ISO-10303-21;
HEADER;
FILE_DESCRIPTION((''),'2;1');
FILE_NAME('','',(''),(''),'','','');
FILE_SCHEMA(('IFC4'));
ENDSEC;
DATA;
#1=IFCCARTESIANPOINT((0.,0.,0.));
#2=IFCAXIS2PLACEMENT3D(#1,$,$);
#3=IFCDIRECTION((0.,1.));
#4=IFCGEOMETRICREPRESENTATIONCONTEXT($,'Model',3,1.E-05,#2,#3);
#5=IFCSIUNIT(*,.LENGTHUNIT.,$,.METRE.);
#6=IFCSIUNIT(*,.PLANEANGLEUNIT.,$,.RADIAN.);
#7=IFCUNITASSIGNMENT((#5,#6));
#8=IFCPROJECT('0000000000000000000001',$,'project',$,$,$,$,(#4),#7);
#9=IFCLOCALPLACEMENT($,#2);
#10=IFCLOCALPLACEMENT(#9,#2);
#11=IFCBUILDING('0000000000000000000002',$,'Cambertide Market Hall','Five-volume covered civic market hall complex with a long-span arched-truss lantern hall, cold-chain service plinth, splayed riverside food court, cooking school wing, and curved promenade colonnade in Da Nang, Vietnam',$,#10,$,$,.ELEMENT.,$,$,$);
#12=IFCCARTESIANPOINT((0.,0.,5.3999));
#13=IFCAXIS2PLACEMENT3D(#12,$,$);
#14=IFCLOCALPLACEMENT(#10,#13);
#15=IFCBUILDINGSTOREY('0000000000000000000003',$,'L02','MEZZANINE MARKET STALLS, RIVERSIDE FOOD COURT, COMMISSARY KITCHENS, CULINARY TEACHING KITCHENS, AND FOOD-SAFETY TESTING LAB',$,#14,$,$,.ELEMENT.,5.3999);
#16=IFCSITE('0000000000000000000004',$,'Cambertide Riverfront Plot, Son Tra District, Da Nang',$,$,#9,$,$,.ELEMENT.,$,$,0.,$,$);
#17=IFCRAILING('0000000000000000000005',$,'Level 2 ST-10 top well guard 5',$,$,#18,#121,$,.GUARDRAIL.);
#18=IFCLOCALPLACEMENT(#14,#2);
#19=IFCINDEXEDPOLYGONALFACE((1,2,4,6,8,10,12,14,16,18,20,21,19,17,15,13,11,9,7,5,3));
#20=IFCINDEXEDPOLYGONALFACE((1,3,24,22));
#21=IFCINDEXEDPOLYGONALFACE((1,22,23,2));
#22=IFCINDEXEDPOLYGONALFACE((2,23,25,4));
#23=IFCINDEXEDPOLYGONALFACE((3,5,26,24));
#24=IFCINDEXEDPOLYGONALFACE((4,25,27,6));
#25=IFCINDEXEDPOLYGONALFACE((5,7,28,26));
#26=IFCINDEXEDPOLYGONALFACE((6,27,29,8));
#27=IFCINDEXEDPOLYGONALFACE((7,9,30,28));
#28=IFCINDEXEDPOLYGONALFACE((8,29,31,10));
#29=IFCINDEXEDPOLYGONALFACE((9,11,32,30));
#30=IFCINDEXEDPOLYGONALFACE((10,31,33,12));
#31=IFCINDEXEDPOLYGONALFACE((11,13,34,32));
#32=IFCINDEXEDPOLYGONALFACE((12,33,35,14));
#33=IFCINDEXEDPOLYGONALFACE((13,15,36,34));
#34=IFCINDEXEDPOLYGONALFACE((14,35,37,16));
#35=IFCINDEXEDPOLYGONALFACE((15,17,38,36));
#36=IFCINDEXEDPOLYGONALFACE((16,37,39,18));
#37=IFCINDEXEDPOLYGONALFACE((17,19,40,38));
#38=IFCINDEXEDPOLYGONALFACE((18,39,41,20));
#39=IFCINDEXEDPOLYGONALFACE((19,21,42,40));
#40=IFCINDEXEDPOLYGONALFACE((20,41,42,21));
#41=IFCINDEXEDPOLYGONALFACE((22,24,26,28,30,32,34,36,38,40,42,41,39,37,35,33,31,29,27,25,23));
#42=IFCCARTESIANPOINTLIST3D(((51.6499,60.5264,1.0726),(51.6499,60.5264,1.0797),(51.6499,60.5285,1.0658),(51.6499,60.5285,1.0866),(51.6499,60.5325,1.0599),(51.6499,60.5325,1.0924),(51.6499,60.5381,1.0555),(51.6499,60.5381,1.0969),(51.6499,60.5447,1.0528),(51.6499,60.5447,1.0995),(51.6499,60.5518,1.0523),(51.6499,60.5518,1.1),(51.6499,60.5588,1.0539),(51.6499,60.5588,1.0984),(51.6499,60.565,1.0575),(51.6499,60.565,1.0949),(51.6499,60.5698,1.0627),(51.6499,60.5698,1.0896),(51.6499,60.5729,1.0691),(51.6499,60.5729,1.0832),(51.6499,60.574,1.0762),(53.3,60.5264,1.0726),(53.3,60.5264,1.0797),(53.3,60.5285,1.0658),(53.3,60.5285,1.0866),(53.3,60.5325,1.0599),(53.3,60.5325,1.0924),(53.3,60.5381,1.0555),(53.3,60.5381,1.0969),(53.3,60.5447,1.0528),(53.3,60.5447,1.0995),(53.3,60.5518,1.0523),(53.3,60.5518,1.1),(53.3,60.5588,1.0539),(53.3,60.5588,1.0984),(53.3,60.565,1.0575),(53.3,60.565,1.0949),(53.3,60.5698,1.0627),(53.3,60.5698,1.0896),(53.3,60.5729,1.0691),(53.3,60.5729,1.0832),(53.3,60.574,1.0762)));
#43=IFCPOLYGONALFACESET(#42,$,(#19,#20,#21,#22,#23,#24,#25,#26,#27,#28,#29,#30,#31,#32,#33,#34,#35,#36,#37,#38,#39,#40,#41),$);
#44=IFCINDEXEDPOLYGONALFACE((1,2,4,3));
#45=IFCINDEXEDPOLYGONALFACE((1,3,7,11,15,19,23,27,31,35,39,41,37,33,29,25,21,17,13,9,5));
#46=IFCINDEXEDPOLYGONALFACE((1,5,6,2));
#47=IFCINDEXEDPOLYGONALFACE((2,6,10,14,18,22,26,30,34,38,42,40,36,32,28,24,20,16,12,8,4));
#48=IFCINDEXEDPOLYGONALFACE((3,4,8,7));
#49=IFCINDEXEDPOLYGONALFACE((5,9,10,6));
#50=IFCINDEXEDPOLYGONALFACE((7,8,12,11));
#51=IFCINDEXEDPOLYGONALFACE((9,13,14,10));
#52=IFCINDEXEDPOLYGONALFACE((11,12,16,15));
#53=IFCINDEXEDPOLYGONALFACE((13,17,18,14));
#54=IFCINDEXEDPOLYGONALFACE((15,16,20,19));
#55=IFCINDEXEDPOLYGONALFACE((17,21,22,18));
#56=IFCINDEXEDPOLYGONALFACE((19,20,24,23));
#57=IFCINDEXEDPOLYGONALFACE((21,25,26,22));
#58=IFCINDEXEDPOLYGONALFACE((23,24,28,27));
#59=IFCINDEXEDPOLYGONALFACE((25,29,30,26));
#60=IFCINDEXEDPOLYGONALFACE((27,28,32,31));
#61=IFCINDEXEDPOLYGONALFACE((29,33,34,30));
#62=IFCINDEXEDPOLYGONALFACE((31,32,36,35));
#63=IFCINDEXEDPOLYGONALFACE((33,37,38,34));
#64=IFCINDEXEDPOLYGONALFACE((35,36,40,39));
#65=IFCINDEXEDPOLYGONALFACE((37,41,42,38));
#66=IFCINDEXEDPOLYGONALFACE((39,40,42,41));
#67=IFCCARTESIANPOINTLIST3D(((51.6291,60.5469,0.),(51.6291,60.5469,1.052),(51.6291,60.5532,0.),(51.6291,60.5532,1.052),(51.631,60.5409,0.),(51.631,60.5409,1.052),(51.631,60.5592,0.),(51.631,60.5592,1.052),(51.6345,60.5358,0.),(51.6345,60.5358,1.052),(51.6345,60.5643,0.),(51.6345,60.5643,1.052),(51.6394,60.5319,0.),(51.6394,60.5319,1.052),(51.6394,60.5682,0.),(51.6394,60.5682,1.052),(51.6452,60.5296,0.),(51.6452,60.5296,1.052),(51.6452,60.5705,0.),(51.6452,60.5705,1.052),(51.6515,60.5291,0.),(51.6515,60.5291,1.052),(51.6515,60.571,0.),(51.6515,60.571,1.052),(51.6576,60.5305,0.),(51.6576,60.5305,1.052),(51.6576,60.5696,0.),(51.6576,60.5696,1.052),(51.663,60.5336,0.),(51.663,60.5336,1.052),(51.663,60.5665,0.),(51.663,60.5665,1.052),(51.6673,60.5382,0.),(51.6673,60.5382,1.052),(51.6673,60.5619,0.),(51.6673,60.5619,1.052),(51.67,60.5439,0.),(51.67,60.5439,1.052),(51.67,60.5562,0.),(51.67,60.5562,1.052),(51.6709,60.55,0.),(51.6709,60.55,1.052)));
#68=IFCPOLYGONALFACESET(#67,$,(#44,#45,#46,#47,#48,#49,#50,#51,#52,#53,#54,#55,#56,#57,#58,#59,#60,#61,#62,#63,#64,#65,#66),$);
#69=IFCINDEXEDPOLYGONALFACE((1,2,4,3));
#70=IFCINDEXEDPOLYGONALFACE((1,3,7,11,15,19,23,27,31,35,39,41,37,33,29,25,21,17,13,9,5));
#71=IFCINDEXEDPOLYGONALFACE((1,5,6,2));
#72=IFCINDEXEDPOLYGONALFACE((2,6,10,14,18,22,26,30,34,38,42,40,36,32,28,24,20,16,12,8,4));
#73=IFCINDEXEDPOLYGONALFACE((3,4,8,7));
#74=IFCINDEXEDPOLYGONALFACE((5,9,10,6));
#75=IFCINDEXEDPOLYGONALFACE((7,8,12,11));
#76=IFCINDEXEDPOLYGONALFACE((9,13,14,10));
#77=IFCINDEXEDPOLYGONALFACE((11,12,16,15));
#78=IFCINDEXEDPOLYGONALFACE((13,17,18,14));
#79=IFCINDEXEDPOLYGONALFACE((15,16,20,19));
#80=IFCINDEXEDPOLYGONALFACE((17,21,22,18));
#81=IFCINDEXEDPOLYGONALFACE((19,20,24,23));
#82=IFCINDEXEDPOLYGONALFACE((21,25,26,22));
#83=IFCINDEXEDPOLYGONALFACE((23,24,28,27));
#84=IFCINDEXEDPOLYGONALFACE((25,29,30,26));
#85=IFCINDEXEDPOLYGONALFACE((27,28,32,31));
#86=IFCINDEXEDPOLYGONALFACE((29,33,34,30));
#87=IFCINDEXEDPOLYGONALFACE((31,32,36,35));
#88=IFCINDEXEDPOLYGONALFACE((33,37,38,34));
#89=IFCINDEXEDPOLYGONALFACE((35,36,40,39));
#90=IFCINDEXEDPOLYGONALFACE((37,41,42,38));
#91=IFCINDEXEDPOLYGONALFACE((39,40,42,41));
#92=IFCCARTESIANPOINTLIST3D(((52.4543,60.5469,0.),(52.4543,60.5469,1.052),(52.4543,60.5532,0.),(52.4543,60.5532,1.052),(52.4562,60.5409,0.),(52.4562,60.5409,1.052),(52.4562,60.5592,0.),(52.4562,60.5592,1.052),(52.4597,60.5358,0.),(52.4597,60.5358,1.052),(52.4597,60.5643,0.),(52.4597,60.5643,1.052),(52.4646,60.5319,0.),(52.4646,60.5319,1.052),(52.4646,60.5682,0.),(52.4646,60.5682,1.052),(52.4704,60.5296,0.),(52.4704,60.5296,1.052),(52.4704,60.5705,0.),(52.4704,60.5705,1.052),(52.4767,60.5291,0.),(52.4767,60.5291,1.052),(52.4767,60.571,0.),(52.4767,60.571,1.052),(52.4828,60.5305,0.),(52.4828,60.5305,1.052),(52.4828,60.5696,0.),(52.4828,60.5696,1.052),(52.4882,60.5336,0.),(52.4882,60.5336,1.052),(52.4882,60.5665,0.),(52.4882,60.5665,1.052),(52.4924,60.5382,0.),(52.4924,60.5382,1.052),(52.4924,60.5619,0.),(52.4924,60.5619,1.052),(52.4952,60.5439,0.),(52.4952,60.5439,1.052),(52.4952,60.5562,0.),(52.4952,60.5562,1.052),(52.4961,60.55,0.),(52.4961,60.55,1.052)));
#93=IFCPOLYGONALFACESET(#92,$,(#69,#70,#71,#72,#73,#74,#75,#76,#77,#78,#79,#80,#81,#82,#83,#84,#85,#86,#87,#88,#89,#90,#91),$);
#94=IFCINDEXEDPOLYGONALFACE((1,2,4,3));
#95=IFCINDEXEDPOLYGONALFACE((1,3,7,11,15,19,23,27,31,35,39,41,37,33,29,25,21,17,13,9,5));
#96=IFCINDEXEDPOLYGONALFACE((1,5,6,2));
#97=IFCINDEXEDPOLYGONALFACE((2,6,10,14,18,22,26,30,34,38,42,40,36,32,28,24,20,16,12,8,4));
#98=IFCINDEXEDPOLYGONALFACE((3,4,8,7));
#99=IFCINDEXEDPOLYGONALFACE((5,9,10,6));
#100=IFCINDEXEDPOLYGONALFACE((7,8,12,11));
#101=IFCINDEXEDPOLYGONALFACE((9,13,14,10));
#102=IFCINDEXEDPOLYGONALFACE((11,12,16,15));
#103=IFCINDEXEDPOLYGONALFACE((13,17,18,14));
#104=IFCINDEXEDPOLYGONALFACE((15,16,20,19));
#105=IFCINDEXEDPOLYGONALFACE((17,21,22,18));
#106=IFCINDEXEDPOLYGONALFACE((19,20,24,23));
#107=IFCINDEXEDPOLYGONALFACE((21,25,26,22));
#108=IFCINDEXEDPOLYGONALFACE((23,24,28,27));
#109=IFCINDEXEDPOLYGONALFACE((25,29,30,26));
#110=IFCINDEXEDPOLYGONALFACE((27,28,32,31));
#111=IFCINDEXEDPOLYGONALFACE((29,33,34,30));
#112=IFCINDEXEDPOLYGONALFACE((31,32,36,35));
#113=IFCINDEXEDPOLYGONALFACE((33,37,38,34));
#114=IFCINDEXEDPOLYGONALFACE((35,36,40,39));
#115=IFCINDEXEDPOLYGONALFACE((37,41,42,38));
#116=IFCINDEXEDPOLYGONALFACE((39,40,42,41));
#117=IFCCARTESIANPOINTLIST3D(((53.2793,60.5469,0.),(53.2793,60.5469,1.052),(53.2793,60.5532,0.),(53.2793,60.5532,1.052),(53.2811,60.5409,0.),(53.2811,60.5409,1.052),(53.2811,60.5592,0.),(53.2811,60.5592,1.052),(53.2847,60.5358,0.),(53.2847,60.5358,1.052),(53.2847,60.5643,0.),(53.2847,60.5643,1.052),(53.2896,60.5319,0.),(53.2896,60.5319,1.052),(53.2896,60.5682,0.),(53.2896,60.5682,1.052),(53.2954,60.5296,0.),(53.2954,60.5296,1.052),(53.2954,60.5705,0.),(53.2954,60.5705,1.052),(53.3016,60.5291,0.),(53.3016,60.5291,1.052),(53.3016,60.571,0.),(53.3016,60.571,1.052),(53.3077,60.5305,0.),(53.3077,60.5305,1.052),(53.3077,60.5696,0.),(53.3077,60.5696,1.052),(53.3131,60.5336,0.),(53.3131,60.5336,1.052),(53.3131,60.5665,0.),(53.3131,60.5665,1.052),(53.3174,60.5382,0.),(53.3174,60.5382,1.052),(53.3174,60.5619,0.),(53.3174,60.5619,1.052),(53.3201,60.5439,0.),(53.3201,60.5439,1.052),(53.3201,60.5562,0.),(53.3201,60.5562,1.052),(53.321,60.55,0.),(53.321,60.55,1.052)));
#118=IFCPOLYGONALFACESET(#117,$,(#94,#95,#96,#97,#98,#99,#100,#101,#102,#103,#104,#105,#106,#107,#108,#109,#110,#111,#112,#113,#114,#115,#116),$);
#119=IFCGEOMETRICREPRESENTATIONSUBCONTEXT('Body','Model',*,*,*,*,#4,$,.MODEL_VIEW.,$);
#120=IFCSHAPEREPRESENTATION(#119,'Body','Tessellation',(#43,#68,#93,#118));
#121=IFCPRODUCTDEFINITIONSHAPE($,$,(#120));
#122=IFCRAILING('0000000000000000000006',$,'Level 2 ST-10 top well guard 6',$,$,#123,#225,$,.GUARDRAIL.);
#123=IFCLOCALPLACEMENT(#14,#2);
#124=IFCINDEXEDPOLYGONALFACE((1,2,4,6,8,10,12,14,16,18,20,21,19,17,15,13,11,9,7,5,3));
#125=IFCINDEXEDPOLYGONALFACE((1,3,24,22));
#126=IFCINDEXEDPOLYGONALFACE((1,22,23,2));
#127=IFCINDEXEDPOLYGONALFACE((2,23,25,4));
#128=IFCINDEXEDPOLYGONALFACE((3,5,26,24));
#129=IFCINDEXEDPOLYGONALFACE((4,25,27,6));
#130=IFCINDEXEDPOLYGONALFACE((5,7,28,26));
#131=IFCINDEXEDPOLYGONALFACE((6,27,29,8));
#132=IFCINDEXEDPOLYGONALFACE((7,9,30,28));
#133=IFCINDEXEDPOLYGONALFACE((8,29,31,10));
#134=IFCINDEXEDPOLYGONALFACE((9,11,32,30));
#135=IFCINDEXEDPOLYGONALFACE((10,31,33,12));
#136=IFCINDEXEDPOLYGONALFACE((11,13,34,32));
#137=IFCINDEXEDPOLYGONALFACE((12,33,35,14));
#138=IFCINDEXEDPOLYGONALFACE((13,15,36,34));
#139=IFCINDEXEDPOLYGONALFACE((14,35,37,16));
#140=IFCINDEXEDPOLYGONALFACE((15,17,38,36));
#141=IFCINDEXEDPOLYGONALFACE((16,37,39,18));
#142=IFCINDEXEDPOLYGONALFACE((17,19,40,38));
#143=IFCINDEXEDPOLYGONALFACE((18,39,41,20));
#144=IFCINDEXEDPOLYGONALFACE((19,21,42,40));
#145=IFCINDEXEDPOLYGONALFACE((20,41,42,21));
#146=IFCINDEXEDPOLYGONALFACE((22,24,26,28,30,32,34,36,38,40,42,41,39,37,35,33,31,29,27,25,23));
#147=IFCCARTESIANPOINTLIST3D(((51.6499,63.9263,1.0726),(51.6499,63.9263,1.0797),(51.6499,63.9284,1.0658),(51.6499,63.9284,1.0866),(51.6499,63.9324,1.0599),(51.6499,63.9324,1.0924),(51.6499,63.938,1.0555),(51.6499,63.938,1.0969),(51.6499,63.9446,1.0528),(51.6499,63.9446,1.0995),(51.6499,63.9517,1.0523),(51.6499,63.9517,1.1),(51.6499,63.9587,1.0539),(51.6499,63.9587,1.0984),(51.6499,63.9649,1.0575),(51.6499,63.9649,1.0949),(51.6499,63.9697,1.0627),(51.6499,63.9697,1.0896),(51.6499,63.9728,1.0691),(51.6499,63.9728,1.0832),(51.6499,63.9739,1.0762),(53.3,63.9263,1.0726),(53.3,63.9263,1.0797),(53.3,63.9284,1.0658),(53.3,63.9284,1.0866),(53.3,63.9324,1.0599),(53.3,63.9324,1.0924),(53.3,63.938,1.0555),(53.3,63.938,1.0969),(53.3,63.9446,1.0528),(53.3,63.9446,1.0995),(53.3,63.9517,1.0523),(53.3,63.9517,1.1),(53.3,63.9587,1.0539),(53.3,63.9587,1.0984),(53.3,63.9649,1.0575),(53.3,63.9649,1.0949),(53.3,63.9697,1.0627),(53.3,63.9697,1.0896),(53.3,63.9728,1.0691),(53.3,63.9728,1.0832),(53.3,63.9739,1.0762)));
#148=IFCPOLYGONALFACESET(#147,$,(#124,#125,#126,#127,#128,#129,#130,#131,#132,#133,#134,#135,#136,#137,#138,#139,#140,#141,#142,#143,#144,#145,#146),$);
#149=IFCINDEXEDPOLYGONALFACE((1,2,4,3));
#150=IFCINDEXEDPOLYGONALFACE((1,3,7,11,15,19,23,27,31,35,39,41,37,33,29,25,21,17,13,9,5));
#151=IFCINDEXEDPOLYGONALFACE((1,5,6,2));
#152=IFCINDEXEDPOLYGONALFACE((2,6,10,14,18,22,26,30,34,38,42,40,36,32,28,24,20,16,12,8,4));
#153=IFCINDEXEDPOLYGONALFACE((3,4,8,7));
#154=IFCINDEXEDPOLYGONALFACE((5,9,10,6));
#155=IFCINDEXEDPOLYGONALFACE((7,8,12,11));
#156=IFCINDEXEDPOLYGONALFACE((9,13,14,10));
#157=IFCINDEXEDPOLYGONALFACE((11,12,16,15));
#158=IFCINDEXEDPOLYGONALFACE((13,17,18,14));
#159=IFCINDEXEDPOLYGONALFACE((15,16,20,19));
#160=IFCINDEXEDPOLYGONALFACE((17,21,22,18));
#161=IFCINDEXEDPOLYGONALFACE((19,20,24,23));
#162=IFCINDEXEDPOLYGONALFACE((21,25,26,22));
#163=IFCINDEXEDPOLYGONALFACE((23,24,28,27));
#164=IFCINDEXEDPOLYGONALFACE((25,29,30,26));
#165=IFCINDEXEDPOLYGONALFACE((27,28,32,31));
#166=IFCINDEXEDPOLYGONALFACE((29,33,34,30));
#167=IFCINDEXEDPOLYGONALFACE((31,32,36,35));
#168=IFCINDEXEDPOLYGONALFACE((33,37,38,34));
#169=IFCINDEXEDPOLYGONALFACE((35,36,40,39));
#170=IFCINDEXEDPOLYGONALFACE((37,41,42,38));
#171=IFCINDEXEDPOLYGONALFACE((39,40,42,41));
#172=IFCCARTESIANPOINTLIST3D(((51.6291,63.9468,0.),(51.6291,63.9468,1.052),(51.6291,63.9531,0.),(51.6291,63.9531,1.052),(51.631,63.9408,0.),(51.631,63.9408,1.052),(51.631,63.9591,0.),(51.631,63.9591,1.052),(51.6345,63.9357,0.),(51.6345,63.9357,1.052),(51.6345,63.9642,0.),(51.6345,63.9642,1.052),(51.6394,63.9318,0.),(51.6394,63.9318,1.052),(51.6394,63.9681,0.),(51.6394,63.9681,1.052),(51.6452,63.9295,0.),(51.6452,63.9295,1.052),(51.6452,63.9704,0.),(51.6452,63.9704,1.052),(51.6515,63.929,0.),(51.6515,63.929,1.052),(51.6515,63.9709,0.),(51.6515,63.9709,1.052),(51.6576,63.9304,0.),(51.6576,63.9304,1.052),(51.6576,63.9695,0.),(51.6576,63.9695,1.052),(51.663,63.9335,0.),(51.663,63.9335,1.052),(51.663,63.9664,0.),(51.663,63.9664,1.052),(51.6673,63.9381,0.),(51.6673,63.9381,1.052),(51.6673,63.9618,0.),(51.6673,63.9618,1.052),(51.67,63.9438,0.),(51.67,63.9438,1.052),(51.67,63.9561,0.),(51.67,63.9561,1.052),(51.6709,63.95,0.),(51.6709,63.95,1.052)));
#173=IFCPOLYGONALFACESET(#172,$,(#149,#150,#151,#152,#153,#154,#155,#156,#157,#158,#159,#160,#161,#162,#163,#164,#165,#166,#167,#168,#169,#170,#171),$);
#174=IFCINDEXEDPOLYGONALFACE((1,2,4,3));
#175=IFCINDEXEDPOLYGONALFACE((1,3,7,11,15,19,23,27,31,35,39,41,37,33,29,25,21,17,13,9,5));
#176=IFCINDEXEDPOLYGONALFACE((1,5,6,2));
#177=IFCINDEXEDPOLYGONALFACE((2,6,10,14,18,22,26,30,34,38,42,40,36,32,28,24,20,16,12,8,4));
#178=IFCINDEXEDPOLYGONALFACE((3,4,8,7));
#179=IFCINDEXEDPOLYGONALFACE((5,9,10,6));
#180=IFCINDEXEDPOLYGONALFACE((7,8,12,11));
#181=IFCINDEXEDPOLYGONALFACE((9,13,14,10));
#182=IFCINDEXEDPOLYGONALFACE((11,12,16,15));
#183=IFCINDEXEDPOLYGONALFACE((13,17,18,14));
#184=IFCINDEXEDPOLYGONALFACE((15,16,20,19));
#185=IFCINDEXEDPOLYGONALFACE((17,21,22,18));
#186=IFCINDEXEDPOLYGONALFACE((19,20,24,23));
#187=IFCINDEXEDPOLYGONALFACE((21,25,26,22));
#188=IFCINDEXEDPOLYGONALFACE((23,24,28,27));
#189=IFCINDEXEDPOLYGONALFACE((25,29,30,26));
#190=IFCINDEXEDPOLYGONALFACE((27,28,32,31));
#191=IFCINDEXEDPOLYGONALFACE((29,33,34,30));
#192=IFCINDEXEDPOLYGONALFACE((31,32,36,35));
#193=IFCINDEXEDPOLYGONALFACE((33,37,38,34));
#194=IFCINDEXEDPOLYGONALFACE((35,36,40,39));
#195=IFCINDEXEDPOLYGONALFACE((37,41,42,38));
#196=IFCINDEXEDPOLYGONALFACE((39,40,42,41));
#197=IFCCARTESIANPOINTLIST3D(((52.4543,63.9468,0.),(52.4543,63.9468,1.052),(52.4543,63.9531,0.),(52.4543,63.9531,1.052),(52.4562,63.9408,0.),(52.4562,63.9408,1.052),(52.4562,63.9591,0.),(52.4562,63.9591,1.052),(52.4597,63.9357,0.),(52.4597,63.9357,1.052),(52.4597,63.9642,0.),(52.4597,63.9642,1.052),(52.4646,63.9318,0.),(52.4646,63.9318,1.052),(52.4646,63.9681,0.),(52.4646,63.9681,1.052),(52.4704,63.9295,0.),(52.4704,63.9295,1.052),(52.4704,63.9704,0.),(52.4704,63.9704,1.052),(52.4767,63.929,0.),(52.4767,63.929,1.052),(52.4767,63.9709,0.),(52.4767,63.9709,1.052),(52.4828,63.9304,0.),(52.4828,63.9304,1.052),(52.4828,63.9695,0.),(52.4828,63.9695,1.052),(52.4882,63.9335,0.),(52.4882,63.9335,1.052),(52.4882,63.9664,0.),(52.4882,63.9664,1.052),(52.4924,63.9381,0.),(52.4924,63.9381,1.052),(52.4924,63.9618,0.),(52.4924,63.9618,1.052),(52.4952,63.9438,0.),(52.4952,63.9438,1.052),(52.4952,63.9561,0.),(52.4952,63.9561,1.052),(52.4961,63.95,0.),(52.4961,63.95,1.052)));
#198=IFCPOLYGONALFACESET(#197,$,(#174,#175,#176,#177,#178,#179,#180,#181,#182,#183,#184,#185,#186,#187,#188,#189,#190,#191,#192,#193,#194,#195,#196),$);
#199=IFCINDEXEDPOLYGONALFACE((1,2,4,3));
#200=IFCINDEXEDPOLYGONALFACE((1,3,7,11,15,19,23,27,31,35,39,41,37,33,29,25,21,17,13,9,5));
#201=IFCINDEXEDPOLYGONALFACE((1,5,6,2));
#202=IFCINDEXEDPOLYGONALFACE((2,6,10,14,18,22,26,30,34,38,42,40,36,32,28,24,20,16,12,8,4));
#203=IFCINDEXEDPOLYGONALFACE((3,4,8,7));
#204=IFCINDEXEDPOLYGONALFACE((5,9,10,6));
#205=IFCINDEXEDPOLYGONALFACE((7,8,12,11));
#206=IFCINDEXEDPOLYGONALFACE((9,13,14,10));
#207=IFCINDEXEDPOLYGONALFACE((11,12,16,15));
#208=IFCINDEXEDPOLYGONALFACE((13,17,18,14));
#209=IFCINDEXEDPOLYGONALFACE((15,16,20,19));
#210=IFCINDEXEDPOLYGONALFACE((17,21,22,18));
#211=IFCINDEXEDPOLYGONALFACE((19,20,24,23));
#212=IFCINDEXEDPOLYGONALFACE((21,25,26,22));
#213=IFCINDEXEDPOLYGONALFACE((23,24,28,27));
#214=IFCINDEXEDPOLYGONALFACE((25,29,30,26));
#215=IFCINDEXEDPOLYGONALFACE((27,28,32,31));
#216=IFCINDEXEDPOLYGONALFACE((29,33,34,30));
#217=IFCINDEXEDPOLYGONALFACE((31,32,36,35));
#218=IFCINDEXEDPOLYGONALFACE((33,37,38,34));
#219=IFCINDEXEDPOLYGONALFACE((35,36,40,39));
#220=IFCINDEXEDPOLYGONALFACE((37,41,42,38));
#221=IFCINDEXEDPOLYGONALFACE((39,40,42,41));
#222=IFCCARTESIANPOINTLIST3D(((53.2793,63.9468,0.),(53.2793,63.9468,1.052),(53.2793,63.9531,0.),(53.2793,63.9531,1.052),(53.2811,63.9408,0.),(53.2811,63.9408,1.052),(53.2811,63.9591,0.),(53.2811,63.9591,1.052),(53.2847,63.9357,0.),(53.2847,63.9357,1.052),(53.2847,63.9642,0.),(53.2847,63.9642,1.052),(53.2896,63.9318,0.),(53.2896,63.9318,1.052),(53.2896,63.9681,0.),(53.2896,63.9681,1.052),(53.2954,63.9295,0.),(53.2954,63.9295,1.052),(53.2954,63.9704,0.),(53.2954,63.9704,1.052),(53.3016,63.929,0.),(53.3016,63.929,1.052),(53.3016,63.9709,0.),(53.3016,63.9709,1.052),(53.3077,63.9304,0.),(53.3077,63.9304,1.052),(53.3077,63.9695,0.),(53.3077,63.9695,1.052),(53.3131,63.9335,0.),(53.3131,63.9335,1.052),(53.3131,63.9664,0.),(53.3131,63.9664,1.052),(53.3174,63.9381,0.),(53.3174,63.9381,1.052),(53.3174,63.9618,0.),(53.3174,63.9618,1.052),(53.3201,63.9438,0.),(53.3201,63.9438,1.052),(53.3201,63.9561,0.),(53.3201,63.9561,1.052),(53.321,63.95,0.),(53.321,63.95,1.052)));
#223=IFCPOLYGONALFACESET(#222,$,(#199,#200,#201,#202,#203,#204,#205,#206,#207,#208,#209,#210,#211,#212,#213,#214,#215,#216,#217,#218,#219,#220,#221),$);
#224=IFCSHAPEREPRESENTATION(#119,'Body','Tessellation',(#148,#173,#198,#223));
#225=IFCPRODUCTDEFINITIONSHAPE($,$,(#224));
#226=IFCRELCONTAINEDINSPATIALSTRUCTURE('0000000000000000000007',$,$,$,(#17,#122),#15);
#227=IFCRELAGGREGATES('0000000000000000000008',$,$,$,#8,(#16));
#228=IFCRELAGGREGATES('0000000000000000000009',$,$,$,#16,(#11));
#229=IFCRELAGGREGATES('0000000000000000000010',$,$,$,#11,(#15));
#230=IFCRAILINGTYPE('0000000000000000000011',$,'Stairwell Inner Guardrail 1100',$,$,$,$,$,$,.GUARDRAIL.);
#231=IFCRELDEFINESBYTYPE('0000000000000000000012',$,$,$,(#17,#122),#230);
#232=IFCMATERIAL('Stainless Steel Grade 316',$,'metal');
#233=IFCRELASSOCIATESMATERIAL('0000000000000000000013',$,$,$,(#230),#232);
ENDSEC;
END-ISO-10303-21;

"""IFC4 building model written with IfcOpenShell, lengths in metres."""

from ifc_helpers import new_model, si_unit, direction, frame, origin, origin_2d, place, context, subcontext, project, spatial, circle, extrude, material, type_object, element, save


model = new_model("IFC4")

# Units and contexts
model_context = context("Model", 3, precision=1e-05, world=origin(), true_north=direction((0.0, 1.0)))
body_context = subcontext(model_context, "Body", "Model", "MODEL_VIEW")
ifc_project = project(units=[si_unit("LENGTHUNIT", "METRE"), si_unit("PLANEANGLEUNIT", "RADIAN")], contexts=[model_context])

# Site, building, storey
site_placement = place(None, origin())
site = spatial("IfcSite", under=ifc_project, at=site_placement, Name="Cambertide Riverfront Plot, Son Tra District, Da Nang", CompositionType="ELEMENT", RefElevation=0.0)
building_placement = place(site_placement, origin())
building = spatial("IfcBuilding", under=site, at=building_placement, Name="Cambertide Market Hall", Description="Five-volume covered civic market hall complex with a long-span arched-truss lantern hall, cold-chain service plinth, splayed riverside food court, cooking school wing, and curved promenade colonnade in Da Nang, Vietnam", CompositionType="ELEMENT")
storey_placement = place(building_placement, frame((0.0, 0.0, 5.3999)))
storey = spatial("IfcBuildingStorey", under=building, at=storey_placement, Name="L02", Description="MEZZANINE MARKET STALLS, RIVERSIDE FOOD COURT, COMMISSARY KITCHENS, CULINARY TEACHING KITCHENS, AND FOOD-SAFETY TESTING LAB", CompositionType="ELEMENT", Elevation=5.3999)

# Railings
ifc_material_1 = material(Name="Stainless Steel Grade 316", Category="metal")
railing_type_1 = type_object("IfcRailingType", Name="Stairwell Inner Guardrail 1100", PredefinedType="GUARDRAIL", material=ifc_material_1)
for number, where, name in (
    (1, (51.6499, 60.55, 0.0), "Level 2 ST-10 top well guard 5"),
    (2, (51.6499, 63.95, 0.0), "Level 2 ST-10 top well guard 6"),
):
    element("IfcRailing", number, at=place(storey_placement, frame(where)), inside=storey, type_object=railing_type_1, Name=name, PredefinedType="GUARDRAIL", context=body_context, shape_type="SweptSolid", body=[
        extrude(circle(Radius=0.0239, at=origin_2d()), frame((0.0, 0.0, 1.0762), z_axis=(1.0, 0.0, 0.0), x_axis=(0.0, 1.0, 0.0)), (0.0, 0.0, 1.0), 1.6501),
        extrude(circle(Radius=0.021, at=origin_2d()), origin(), (0.0, 0.0, 1.0), 1.052),
        extrude(circle(Radius=0.021, at=origin_2d()), frame((0.8252, 0.0, 0.0)), (0.0, 0.0, 1.0), 1.052),
        extrude(circle(Radius=0.021, at=origin_2d()), frame((1.6501, 0.0, 0.0)), (0.0, 0.0, 1.0), 1.052),
    ])

save(model, "model.ifc")
